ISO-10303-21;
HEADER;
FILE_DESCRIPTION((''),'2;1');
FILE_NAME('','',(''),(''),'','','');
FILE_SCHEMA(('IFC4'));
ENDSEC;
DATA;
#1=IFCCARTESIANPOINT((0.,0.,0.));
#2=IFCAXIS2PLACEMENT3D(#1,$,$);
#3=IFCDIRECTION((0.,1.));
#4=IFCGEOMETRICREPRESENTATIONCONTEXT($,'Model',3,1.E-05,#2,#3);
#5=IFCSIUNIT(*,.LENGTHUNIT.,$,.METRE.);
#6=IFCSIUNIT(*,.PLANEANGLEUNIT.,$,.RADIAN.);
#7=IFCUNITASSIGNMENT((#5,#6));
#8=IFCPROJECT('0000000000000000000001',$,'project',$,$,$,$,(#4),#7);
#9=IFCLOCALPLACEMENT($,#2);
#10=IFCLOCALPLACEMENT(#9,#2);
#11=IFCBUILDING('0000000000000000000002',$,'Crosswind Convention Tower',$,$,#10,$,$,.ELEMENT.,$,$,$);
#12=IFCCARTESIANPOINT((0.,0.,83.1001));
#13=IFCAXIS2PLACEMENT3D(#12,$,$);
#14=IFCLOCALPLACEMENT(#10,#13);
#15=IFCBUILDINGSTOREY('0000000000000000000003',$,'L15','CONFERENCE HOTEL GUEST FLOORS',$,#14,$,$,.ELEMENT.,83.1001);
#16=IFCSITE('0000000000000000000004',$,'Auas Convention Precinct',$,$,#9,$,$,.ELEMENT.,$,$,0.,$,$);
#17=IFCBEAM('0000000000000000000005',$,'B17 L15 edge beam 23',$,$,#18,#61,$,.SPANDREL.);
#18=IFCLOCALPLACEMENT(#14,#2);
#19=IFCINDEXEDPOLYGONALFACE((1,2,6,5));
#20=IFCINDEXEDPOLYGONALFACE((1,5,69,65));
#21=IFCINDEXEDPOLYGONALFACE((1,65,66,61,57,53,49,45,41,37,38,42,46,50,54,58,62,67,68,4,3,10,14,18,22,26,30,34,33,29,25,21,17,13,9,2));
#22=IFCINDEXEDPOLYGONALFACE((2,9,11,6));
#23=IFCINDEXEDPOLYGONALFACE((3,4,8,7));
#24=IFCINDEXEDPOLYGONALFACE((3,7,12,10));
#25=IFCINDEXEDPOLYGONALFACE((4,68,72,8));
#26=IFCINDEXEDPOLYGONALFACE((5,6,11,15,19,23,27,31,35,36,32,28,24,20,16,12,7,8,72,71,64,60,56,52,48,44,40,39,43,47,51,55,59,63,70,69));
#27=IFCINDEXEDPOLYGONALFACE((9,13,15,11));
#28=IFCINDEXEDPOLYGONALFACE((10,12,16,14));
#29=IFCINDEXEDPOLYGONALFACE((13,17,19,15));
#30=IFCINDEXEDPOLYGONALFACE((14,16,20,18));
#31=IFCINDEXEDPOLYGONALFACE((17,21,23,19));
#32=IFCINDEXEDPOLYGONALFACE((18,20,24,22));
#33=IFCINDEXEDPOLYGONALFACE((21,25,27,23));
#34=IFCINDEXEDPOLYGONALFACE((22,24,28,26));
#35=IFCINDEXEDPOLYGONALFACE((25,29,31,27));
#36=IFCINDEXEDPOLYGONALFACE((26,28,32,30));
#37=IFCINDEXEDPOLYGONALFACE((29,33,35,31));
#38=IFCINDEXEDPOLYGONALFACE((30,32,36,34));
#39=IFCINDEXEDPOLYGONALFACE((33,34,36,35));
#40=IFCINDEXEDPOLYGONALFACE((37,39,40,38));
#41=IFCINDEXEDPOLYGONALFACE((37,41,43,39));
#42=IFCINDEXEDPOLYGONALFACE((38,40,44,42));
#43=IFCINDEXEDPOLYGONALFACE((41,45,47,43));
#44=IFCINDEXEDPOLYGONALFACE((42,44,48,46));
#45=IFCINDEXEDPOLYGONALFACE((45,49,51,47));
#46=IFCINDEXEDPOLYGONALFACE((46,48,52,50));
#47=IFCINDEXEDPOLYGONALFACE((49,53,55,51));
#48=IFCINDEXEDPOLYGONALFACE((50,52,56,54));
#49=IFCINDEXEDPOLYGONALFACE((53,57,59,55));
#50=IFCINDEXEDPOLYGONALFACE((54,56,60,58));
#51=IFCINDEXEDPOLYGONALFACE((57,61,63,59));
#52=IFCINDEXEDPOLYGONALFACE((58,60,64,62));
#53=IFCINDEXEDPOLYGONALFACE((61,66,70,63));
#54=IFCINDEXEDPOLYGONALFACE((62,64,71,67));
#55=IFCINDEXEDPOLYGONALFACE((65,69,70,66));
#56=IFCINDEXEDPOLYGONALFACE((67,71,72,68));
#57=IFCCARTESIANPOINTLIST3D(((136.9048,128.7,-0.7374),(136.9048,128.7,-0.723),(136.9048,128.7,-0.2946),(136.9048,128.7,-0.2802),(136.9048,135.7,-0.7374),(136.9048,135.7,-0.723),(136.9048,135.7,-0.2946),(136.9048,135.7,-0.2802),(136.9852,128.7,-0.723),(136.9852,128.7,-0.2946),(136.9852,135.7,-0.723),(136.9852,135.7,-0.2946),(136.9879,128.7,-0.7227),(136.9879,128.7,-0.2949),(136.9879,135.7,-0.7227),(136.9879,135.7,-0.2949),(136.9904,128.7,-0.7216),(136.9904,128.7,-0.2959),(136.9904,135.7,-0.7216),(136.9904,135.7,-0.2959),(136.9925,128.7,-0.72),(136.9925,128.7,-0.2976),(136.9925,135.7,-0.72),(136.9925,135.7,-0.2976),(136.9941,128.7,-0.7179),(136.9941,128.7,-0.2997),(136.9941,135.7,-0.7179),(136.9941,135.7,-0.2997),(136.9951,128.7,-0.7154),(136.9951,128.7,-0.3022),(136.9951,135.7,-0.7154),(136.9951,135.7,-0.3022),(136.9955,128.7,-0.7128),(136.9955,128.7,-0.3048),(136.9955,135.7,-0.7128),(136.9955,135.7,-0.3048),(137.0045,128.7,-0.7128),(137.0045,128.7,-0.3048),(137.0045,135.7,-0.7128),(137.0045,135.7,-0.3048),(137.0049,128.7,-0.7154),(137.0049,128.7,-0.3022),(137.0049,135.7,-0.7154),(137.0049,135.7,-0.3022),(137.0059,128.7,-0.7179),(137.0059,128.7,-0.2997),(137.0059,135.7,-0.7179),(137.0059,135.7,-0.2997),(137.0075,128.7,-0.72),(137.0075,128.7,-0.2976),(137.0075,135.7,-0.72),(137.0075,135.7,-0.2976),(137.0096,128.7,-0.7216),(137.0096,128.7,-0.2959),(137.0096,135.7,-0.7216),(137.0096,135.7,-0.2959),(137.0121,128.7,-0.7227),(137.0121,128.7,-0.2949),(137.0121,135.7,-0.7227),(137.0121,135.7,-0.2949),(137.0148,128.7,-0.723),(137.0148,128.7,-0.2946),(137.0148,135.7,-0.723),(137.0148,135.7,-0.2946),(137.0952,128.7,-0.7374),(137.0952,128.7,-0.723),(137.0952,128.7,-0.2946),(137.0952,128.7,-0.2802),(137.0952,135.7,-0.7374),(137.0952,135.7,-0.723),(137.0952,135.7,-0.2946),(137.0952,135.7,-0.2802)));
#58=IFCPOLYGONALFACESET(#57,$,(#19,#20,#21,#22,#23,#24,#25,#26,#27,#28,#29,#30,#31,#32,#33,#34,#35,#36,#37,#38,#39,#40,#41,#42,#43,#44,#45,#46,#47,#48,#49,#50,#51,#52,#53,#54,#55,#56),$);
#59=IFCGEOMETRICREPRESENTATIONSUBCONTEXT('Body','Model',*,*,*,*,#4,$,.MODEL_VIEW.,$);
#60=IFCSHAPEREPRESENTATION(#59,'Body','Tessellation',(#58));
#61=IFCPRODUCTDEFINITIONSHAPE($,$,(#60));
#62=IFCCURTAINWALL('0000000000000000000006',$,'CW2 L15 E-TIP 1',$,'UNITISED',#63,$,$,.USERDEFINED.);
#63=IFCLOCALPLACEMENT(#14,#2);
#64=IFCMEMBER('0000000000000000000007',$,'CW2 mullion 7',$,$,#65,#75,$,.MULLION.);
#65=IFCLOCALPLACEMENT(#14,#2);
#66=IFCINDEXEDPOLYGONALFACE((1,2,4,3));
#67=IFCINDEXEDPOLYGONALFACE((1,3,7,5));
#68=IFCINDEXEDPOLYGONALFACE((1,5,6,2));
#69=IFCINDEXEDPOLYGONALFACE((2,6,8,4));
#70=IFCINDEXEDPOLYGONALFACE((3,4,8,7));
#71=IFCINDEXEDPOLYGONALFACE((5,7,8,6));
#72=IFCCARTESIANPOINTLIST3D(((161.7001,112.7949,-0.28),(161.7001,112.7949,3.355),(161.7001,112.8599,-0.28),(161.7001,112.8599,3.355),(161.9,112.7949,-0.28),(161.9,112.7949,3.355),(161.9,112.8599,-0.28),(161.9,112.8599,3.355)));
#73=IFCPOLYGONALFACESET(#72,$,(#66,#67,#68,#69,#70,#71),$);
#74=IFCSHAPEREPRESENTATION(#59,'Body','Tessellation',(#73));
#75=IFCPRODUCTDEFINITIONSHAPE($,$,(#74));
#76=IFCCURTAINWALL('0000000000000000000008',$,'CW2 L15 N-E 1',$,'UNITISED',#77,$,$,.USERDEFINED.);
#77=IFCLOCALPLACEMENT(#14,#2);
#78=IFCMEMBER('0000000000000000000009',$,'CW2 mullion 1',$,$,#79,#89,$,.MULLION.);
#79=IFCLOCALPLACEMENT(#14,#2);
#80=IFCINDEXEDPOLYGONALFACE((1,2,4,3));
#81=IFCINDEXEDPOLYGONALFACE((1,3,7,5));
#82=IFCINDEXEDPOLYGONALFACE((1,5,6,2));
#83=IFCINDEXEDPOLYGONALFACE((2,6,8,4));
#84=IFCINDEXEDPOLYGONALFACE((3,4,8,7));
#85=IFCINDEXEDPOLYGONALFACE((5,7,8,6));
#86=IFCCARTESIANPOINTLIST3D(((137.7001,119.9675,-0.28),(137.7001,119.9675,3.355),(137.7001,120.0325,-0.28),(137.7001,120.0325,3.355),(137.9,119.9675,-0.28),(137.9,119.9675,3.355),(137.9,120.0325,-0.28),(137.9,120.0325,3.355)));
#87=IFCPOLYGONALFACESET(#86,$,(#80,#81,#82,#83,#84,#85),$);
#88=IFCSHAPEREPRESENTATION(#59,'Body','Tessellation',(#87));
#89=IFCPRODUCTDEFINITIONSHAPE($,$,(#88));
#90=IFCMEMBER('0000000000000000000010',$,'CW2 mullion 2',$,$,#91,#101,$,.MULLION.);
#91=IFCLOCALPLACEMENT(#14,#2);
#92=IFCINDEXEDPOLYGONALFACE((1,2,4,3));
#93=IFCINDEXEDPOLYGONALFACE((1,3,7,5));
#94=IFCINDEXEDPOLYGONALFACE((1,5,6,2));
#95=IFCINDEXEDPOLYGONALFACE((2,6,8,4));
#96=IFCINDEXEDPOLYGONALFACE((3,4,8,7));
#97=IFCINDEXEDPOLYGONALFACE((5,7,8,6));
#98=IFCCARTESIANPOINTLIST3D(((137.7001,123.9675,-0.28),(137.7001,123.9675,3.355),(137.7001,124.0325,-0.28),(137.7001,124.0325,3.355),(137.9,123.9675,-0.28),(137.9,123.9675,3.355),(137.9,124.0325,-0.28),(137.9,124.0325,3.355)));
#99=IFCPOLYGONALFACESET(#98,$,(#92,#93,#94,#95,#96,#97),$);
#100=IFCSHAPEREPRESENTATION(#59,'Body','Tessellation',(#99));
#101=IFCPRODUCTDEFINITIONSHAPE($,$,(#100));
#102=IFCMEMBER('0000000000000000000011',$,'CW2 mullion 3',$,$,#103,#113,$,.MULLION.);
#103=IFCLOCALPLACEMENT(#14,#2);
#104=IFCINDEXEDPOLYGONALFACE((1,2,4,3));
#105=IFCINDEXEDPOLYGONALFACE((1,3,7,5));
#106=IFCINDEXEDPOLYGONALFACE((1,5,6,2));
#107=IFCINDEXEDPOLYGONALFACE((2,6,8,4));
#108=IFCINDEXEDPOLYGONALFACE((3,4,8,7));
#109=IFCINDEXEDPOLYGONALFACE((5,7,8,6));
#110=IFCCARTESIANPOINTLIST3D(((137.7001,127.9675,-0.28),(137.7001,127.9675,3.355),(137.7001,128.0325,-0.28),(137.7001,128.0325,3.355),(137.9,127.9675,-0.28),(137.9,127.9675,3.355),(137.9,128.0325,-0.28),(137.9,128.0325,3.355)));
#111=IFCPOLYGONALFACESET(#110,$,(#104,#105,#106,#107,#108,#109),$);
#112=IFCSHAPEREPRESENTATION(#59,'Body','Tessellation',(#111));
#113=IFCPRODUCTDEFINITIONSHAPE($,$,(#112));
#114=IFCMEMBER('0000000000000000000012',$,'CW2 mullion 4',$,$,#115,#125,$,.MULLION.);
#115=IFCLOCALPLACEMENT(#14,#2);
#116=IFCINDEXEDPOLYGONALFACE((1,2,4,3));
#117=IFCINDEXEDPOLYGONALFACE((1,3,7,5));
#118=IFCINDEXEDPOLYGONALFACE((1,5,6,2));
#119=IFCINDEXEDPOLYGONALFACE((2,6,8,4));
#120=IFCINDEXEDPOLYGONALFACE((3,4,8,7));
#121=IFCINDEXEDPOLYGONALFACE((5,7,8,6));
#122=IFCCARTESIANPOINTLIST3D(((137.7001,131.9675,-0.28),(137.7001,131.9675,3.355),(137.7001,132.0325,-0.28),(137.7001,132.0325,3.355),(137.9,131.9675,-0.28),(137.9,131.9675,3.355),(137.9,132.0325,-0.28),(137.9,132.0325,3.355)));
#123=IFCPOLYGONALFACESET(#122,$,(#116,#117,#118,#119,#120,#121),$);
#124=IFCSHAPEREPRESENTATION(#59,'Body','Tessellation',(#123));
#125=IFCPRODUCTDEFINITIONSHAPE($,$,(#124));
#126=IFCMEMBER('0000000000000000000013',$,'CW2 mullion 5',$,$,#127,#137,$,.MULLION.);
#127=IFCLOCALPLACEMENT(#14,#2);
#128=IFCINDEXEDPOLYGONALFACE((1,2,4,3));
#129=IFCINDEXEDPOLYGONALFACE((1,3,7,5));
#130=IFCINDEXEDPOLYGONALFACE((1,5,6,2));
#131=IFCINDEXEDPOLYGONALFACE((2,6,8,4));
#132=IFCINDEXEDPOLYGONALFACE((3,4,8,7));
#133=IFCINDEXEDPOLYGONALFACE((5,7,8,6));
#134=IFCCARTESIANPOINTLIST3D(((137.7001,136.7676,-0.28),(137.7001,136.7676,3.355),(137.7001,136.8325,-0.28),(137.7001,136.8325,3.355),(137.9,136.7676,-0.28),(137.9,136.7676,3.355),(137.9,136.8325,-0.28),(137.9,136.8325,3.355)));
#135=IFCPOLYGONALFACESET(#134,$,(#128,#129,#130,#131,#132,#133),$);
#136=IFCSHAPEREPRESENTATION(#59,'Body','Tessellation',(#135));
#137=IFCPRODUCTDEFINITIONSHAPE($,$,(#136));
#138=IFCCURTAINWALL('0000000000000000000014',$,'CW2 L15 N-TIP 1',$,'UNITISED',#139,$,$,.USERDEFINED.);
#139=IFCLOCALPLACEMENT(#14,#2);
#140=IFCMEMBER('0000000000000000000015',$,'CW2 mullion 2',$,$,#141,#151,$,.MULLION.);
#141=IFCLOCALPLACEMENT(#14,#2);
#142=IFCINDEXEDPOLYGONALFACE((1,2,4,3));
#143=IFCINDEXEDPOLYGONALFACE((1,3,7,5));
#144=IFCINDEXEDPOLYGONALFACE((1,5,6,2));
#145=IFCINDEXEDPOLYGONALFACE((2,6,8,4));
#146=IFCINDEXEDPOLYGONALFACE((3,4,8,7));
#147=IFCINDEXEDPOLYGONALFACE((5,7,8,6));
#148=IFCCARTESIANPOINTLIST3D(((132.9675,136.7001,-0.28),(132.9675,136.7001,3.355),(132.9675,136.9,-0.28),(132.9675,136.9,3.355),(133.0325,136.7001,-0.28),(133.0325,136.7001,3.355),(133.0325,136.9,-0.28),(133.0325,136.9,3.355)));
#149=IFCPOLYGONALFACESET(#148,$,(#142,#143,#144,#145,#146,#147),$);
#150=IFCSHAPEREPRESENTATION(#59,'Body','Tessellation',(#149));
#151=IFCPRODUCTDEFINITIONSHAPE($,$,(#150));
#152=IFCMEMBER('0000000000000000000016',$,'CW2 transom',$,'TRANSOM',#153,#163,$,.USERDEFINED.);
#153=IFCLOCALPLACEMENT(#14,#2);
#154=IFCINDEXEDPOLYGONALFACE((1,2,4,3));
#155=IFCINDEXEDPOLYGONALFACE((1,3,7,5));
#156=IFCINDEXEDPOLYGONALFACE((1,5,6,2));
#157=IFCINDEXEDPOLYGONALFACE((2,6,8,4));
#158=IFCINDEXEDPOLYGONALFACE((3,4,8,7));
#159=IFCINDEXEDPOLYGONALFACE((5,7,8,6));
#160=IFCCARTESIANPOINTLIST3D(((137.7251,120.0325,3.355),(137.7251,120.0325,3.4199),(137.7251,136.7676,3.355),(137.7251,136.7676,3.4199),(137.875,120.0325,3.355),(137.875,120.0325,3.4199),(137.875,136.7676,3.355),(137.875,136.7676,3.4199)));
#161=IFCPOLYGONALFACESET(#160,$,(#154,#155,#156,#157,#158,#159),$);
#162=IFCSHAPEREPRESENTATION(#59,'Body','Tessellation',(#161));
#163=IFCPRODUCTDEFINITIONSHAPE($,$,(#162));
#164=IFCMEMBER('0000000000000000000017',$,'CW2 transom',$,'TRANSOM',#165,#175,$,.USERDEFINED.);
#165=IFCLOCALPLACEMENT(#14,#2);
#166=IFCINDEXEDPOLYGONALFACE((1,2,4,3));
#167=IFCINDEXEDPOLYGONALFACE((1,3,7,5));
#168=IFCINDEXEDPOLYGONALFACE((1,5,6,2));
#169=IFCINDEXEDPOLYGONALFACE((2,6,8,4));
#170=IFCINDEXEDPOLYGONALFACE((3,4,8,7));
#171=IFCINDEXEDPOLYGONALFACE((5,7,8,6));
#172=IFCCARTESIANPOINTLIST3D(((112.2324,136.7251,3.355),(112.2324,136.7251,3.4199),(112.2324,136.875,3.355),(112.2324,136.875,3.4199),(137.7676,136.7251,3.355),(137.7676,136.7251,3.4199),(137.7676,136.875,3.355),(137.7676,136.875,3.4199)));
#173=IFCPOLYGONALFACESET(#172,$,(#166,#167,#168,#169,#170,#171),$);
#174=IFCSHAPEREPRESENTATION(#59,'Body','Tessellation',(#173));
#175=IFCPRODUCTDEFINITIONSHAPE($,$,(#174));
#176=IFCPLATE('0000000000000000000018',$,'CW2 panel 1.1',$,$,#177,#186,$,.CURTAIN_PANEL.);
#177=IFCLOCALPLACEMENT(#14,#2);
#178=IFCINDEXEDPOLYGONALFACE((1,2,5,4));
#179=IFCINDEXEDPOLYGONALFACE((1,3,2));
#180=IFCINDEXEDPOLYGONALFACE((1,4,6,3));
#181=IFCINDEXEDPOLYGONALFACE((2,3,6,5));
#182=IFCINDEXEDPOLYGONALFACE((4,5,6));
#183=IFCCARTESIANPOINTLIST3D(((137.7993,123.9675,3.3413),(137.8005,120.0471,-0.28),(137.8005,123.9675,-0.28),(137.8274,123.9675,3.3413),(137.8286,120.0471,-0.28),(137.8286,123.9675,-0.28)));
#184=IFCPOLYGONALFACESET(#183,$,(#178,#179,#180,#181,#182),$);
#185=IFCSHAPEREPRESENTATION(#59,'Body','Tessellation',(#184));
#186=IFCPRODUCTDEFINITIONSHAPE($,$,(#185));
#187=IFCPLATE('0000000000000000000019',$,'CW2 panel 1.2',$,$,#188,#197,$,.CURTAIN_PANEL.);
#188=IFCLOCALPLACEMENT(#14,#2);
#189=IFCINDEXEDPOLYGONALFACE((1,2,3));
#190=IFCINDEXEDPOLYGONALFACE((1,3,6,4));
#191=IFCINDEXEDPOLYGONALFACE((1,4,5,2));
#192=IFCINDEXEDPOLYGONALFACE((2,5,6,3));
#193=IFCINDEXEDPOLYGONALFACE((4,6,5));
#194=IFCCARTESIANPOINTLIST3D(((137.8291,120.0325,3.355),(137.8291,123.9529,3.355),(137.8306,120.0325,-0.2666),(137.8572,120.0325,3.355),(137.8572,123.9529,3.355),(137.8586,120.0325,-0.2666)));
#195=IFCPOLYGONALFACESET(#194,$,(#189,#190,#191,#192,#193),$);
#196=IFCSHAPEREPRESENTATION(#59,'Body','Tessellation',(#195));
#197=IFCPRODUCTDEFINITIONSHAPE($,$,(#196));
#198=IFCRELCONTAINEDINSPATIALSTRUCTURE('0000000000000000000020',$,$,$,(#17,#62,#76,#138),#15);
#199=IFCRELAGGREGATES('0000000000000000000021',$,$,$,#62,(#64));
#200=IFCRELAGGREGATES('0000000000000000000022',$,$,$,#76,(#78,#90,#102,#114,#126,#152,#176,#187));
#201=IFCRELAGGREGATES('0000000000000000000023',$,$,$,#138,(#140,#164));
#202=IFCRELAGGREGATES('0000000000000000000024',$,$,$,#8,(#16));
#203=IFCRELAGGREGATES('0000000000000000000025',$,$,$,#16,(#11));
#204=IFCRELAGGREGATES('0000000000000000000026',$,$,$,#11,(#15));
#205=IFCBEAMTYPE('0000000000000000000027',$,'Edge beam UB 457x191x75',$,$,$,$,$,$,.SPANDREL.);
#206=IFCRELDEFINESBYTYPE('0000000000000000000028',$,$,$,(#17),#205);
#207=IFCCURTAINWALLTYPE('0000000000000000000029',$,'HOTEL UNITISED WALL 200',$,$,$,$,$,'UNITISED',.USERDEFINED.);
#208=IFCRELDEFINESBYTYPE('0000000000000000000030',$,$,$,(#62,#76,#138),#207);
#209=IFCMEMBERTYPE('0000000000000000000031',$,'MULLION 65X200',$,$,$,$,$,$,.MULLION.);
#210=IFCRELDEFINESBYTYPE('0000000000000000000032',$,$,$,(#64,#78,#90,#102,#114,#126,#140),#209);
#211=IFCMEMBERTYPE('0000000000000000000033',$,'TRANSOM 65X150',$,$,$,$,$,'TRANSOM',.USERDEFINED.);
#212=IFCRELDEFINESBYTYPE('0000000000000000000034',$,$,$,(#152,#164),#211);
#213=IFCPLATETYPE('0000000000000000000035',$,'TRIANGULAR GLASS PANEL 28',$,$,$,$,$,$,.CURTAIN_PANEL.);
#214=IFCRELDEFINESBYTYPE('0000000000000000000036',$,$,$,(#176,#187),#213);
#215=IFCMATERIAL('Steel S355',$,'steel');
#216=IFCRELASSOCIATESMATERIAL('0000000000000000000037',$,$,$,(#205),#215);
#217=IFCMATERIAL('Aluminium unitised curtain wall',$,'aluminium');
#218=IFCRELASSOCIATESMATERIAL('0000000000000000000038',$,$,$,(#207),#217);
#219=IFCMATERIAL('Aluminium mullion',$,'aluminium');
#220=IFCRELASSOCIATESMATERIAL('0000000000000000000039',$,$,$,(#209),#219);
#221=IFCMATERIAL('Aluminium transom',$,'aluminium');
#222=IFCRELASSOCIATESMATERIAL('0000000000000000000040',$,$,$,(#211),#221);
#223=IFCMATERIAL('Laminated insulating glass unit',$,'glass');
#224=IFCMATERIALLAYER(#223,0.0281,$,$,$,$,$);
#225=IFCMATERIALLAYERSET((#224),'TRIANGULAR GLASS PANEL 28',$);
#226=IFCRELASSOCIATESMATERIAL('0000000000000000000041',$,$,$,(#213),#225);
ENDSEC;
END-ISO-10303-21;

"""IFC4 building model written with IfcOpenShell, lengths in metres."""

from ifc_helpers import new_model, si_unit, direction, frame, origin, origin_2d, place, context, subcontext, project, spatial, polyline, rectangle, i_section, outline, extrude, material, layer, layer_set, material_profile, profile_set, type_object, element, aggregate, save


model = new_model("IFC4")

# Units and contexts
model_context = context("Model", 3, precision=1e-05, world=origin(), true_north=direction((0.0, 1.0)))
body_context = subcontext(model_context, "Body", "Model", "MODEL_VIEW")
ifc_project = project(units=[si_unit("LENGTHUNIT", "METRE"), si_unit("PLANEANGLEUNIT", "RADIAN")], contexts=[model_context])

# Site, building, storey
site_placement = place(None, origin())
site = spatial("IfcSite", under=ifc_project, at=site_placement, Name="Auas Convention Precinct", CompositionType="ELEMENT", RefElevation=0.0)
building_placement = place(site_placement, origin())
building = spatial("IfcBuilding", under=site, at=building_placement, Name="Crosswind Convention Tower", CompositionType="ELEMENT")
storey_placement = place(building_placement, frame((0.0, 0.0, 83.1001)))
storey = spatial("IfcBuildingStorey", under=building, at=storey_placement, Name="L15", Description="CONFERENCE HOTEL GUEST FLOORS", CompositionType="ELEMENT", Elevation=83.1001)

# Beam
ifc_material_1 = material(Name="Steel S355", Category="steel")
ifc_material_profile_1 = material_profile(ifc_material_1, i_section(OverallWidth=0.1904, OverallDepth=0.4573, WebThickness=0.009, FlangeThickness=0.0144, FilletRadius=0.0103, at=origin_2d()), Name="UB 457x191x75")
ifc_profile_set_1 = profile_set([ifc_material_profile_1], Name="Steel S355")
beam_type_1 = type_object("IfcBeamType", Name="Edge beam UB 457x191x75", PredefinedType="SPANDREL", material=ifc_profile_set_1)
beam_1_placement = place(storey_placement, frame((137.0, 128.7, -0.5088), z_axis=(0.0, 1.0, 0.0), x_axis=(-1.0, 0.0, 0.0)))
element("IfcBeam", 1, at=beam_1_placement, inside=storey, type_object=beam_type_1, Name="B17 L15 edge beam 23", PredefinedType="SPANDREL", context=body_context, shape_type="SweptSolid", body=[
    extrude(i_section(OverallWidth=0.1904, OverallDepth=0.4573, WebThickness=0.009, FlangeThickness=0.0144, FilletRadius=0.0103, at=origin_2d()), origin(), (0.0, 0.0, 1.0), 7.0),
])

# Curtain wall, member
ifc_material_2 = material(Name="Aluminium unitised curtain wall", Category="aluminium")
curtain_wall_type = type_object("IfcCurtainWallType", Name="HOTEL UNITISED WALL 200", ElementType="UNITISED", PredefinedType="USERDEFINED", material=ifc_material_2)
curtain_wall_1_placement = place(storey_placement, origin())
curtain_wall_1 = element("IfcCurtainWall", 2, at=curtain_wall_1_placement, inside=storey, type_object=curtain_wall_type, Name="CW2 L15 E-TIP 1", ObjectType="UNITISED", PredefinedType="USERDEFINED")
ifc_material_3 = material(Name="Aluminium mullion", Category="aluminium")
ifc_material_profile_2 = material_profile(ifc_material_3, rectangle(XDim=0.2, YDim=0.0649, at=origin_2d()), Name="AL 200X65")
ifc_profile_set_2 = profile_set([ifc_material_profile_2], Name="Aluminium mullion")
member_type_1 = type_object("IfcMemberType", Name="MULLION 65X200", PredefinedType="MULLION", material=ifc_profile_set_2)
member_1_placement = place(storey_placement, frame((161.8, 112.8274, -0.28), z_axis=(0.0, 0.0, 1.0), x_axis=(1.0, 0.0, 0.0)))
member_1 = element("IfcMember", 3, at=member_1_placement, type_object=member_type_1, Name="CW2 mullion 7", PredefinedType="MULLION", context=body_context, shape_type="SweptSolid", body=[
    extrude(rectangle(XDim=0.2, YDim=0.0649, at=origin_2d()), origin(), (0.0, 0.0, 1.0), 3.635),
])
aggregate(curtain_wall_1, [member_1])

# Curtain wall, members
curtain_wall_2_placement = place(storey_placement, origin())
curtain_wall_2 = element("IfcCurtainWall", 4, at=curtain_wall_2_placement, inside=storey, type_object=curtain_wall_type, Name="CW2 L15 N-E 1", ObjectType="UNITISED", PredefinedType="USERDEFINED")
member_2_placement = place(storey_placement, frame((137.8, 120.0, -0.28), z_axis=(0.0, 0.0, 1.0), x_axis=(1.0, 0.0, 0.0)))
member_2 = element("IfcMember", 5, at=member_2_placement, type_object=member_type_1, Name="CW2 mullion 1", PredefinedType="MULLION", context=body_context, shape_type="SweptSolid", body=[
    extrude(rectangle(XDim=0.2, YDim=0.0649, at=origin_2d()), origin(), (0.0, 0.0, 1.0), 3.635),
])
member_3_placement = place(storey_placement, frame((137.8, 124.0, -0.28), z_axis=(0.0, 0.0, 1.0), x_axis=(1.0, 0.0, 0.0)))
member_3 = element("IfcMember", 6, at=member_3_placement, type_object=member_type_1, Name="CW2 mullion 2", PredefinedType="MULLION", context=body_context, shape_type="SweptSolid", body=[
    extrude(rectangle(XDim=0.2, YDim=0.0649, at=origin_2d()), origin(), (0.0, 0.0, 1.0), 3.635),
])
member_4_placement = place(storey_placement, frame((137.8, 128.0, -0.28), z_axis=(0.0, 0.0, 1.0), x_axis=(1.0, 0.0, 0.0)))
member_4 = element("IfcMember", 7, at=member_4_placement, type_object=member_type_1, Name="CW2 mullion 3", PredefinedType="MULLION", context=body_context, shape_type="SweptSolid", body=[
    extrude(rectangle(XDim=0.2, YDim=0.0649, at=origin_2d()), origin(), (0.0, 0.0, 1.0), 3.635),
])
member_5_placement = place(storey_placement, frame((137.8, 132.0, -0.28), z_axis=(0.0, 0.0, 1.0), x_axis=(1.0, 0.0, 0.0)))
member_5 = element("IfcMember", 8, at=member_5_placement, type_object=member_type_1, Name="CW2 mullion 4", PredefinedType="MULLION", context=body_context, shape_type="SweptSolid", body=[
    extrude(rectangle(XDim=0.2, YDim=0.0649, at=origin_2d()), origin(), (0.0, 0.0, 1.0), 3.635),
])
member_6_placement = place(storey_placement, frame((137.8, 136.8, -0.28), z_axis=(0.0, 0.0, 1.0), x_axis=(1.0, 0.0, 0.0)))
member_6 = element("IfcMember", 9, at=member_6_placement, type_object=member_type_1, Name="CW2 mullion 5", PredefinedType="MULLION", context=body_context, shape_type="SweptSolid", body=[
    extrude(rectangle(XDim=0.2, YDim=0.0649, at=origin_2d()), origin(), (0.0, 0.0, 1.0), 3.635),
])

# Curtain wall, member
curtain_wall_3_placement = place(storey_placement, origin())
curtain_wall_3 = element("IfcCurtainWall", 10, at=curtain_wall_3_placement, inside=storey, type_object=curtain_wall_type, Name="CW2 L15 N-TIP 1", ObjectType="UNITISED", PredefinedType="USERDEFINED")
member_7_placement = place(storey_placement, frame((133.0, 136.8, -0.28), z_axis=(0.0, 0.0, 1.0), x_axis=(0.0, 1.0, 0.0)))
member_7 = element("IfcMember", 11, at=member_7_placement, type_object=member_type_1, Name="CW2 mullion 2", PredefinedType="MULLION", context=body_context, shape_type="SweptSolid", body=[
    extrude(rectangle(XDim=0.2, YDim=0.0649, at=origin_2d()), origin(), (0.0, 0.0, 1.0), 3.635),
])

# Members
ifc_material_4 = material(Name="Aluminium transom", Category="aluminium")
ifc_material_profile_3 = material_profile(ifc_material_4, rectangle(XDim=0.1499, YDim=0.0649, at=origin_2d()), Name="AL 150X65")
ifc_profile_set_3 = profile_set([ifc_material_profile_3], Name="Aluminium transom")
member_type_2 = type_object("IfcMemberType", Name="TRANSOM 65X150", ElementType="TRANSOM", PredefinedType="USERDEFINED", material=ifc_profile_set_3)
member_8_placement = place(storey_placement, frame((137.8, 120.0325, 3.3875), z_axis=(0.0, 1.0, 0.0), x_axis=(-1.0, 0.0, 0.0)))
member_8 = element("IfcMember", 12, at=member_8_placement, type_object=member_type_2, Name="CW2 transom", ObjectType="TRANSOM", PredefinedType="USERDEFINED", context=body_context, shape_type="SweptSolid", body=[
    extrude(rectangle(XDim=0.1499, YDim=0.0649, at=origin_2d()), origin(), (0.0, 0.0, 1.0), 16.7351),
])
member_9_placement = place(storey_placement, frame((137.7676, 136.8, 3.3875), z_axis=(-1.0, 0.0, 0.0), x_axis=(0.0, -1.0, 0.0)))
member_9 = element("IfcMember", 13, at=member_9_placement, type_object=member_type_2, Name="CW2 transom", ObjectType="TRANSOM", PredefinedType="USERDEFINED", context=body_context, shape_type="SweptSolid", body=[
    extrude(rectangle(XDim=0.1499, YDim=0.0649, at=origin_2d()), origin(), (0.0, 0.0, 1.0), 25.5352),
])

# Plates
ifc_material_5 = material(Name="Laminated insulating glass unit", Category="glass")
ifc_layer_1 = layer(ifc_material_5, 0.0281)
ifc_layer_set_1 = layer_set([ifc_layer_1], Name="TRIANGULAR GLASS PANEL 28")
plate_type = type_object("IfcPlateType", Name="TRIANGULAR GLASS PANEL 28", PredefinedType="CURTAIN_PANEL", material=ifc_layer_set_1)
plate_1_placement = place(storey_placement, frame((137.8286, 123.9675, -0.28), z_axis=(1.0, 0.0, 0.000337), x_axis=(-0.000337, 0.0, 1.0)))
plate_1 = element("IfcPlate", 14, at=plate_1_placement, type_object=plate_type, Name="CW2 panel 1.1", PredefinedType="CURTAIN_PANEL", context=body_context, shape_type="SweptSolid", body=[
    extrude(outline(polyline([(0.0, 0.0), (3.6213, 0.0), (0.0, 3.9204), (0.0, 0.0)])), origin(), (0.0, 0.0, -1.0), 0.0281),
])
plate_2_placement = place(storey_placement, frame((137.8572, 120.0325, 3.355), z_axis=(1.0, 0.0, 0.000404), x_axis=(0.000404, 0.0, -1.0)))
plate_2 = element("IfcPlate", 15, at=plate_2_placement, type_object=plate_type, Name="CW2 panel 1.2", PredefinedType="CURTAIN_PANEL", context=body_context, shape_type="SweptSolid", body=[
    extrude(outline(polyline([(0.0, 0.0), (3.6216, 0.0), (0.0, 3.9204), (0.0, 0.0)])), origin(), (0.0, 0.0, -1.0), 0.0281),
])

aggregate(curtain_wall_2, [member_2, member_3, member_4, member_5, member_6, member_8, plate_1, plate_2])
aggregate(curtain_wall_3, [member_7, member_9])

save(model, "model.ifc")
